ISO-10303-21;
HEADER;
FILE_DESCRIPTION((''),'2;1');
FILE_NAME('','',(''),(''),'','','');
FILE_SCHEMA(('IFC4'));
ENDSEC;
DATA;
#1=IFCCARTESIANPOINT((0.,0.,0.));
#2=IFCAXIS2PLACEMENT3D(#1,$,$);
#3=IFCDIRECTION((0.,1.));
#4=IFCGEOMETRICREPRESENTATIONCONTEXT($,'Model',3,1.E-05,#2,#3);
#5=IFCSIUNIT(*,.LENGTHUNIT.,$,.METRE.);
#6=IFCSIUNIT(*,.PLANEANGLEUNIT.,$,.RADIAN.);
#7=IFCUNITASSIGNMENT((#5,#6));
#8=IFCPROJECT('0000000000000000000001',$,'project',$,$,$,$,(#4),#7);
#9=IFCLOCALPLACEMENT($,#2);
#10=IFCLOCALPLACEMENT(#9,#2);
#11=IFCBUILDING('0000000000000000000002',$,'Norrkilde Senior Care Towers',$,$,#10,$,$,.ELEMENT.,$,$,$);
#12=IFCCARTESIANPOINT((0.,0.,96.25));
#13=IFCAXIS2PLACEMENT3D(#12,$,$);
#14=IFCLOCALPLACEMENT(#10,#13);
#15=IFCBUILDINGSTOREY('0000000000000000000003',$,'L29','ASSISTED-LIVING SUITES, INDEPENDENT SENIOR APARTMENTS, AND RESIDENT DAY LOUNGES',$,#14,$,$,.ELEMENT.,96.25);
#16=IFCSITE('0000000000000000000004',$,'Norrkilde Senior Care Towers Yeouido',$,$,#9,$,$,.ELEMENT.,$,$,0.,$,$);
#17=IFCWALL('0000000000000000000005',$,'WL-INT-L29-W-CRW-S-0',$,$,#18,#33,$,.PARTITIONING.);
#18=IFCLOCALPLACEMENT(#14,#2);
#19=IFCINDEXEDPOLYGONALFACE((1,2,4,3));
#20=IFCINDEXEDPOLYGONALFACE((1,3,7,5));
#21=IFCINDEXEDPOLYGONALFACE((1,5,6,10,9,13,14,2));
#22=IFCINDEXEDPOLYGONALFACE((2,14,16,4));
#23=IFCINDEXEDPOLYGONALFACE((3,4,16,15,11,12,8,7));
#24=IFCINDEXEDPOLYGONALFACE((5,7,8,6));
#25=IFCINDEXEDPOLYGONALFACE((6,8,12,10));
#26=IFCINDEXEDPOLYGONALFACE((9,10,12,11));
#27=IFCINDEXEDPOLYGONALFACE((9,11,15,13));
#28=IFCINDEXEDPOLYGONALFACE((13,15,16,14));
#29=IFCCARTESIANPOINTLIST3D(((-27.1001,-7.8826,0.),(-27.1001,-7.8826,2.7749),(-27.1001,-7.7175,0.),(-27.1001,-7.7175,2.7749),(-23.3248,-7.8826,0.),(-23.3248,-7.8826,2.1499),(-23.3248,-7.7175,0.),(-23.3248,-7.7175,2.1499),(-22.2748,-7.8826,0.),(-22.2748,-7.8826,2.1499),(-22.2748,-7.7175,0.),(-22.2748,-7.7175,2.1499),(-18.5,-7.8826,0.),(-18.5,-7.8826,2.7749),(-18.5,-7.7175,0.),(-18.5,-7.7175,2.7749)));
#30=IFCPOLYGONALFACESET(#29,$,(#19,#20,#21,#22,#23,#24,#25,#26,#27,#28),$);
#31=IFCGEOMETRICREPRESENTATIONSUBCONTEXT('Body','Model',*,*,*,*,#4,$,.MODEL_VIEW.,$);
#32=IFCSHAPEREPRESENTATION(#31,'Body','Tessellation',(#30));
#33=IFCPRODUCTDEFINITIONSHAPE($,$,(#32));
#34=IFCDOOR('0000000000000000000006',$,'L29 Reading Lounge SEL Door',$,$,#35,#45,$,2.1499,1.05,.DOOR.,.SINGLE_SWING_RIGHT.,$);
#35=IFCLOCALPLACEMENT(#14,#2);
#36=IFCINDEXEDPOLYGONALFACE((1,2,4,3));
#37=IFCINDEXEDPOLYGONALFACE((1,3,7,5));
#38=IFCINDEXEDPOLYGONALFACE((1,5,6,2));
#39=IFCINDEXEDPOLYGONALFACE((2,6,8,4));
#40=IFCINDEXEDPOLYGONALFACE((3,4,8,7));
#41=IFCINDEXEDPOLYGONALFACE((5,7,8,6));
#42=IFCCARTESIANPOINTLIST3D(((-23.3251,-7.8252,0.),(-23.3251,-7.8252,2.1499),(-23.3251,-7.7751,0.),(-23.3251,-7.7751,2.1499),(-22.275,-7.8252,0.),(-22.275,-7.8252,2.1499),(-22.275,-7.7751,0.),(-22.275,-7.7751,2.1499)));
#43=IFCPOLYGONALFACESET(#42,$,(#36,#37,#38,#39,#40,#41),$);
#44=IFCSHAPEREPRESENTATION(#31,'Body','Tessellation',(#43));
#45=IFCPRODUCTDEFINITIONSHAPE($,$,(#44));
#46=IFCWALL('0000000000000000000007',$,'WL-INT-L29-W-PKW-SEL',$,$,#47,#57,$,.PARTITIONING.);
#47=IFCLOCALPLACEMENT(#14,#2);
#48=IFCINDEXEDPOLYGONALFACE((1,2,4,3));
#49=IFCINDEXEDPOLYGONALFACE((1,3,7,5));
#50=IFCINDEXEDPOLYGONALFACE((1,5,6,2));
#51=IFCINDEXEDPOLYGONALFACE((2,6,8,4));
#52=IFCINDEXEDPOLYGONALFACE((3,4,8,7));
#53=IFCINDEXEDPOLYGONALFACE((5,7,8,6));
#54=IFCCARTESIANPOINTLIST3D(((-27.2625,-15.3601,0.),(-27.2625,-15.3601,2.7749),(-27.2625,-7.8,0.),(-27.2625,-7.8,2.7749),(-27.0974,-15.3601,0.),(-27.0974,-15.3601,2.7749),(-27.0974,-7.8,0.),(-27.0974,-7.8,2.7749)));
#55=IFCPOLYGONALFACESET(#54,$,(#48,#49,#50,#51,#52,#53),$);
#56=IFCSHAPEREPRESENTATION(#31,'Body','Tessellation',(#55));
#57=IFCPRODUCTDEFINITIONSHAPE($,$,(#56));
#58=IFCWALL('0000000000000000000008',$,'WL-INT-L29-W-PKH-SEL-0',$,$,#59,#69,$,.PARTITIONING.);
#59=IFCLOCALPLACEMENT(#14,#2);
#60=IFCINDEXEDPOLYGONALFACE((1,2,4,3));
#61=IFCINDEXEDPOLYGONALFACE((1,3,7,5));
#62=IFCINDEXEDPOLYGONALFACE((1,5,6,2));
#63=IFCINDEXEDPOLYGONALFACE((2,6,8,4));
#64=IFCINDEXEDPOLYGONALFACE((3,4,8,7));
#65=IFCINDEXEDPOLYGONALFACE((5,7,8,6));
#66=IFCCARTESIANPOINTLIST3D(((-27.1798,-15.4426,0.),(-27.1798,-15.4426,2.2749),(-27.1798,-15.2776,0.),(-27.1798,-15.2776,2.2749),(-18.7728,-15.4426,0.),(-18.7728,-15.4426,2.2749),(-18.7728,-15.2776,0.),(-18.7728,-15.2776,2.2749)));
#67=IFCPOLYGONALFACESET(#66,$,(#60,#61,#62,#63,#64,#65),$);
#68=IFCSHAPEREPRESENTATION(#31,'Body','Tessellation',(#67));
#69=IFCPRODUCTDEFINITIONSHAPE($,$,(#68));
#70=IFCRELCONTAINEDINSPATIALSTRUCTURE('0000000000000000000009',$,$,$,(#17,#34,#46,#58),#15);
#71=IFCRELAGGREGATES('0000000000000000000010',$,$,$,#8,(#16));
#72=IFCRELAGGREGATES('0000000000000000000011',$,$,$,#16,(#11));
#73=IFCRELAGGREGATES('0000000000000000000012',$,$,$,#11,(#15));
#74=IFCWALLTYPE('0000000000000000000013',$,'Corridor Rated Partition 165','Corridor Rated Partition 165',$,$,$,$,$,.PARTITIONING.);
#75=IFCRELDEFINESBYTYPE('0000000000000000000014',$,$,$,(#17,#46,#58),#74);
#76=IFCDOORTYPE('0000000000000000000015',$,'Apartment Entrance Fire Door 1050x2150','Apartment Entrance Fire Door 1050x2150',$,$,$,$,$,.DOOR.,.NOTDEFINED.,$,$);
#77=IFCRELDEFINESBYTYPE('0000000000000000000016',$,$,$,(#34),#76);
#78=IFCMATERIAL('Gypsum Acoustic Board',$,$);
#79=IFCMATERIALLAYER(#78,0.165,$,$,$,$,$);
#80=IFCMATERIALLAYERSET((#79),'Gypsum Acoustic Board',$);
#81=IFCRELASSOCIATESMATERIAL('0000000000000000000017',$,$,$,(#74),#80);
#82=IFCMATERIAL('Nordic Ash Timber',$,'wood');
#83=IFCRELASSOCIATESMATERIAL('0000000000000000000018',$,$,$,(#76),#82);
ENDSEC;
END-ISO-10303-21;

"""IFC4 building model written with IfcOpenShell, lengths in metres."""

from ifc_helpers import new_model, si_unit, direction, frame, frame_2d, origin, place, context, subcontext, project, spatial, rectangle, extrude, source, transform, mapped, material, layer, layer_set, type_object, type_shapes, element, fill, save


model = new_model("IFC4")

# Units and contexts
model_context = context("Model", 3, precision=1e-05, world=origin(), true_north=direction((0.0, 1.0)))
body_context = subcontext(model_context, "Body", "Model", "MODEL_VIEW")
ifc_project = project(units=[si_unit("LENGTHUNIT", "METRE"), si_unit("PLANEANGLEUNIT", "RADIAN")], contexts=[model_context])

# Site, building, storey
site_placement = place(None, origin())
site = spatial("IfcSite", under=ifc_project, at=site_placement, Name="Norrkilde Senior Care Towers Yeouido", CompositionType="ELEMENT", RefElevation=0.0)
building_placement = place(site_placement, origin())
building = spatial("IfcBuilding", under=site, at=building_placement, Name="Norrkilde Senior Care Towers", CompositionType="ELEMENT")
storey_placement = place(building_placement, frame((0.0, 0.0, 96.25)))
storey = spatial("IfcBuildingStorey", under=building, at=storey_placement, Name="L29", Description="ASSISTED-LIVING SUITES, INDEPENDENT SENIOR APARTMENTS, AND RESIDENT DAY LOUNGES", CompositionType="ELEMENT", Elevation=96.25)

# Shared definitions
ifc_material_1 = material(Name="Gypsum Acoustic Board")
ifc_layer_1 = layer(ifc_material_1, 0.165)
ifc_layer_set_1 = layer_set([ifc_layer_1], Name="Gypsum Acoustic Board")
wall_type_1 = type_object("IfcWallType", Name="Corridor Rated Partition 165", Description="Corridor Rated Partition 165", PredefinedType="PARTITIONING", material=ifc_layer_set_1)

# Wall, opening, door
shared_shape_1 = source(origin(), body_context, "Body", "SweptSolid", [
    extrude(rectangle(XDim=8.6001, YDim=0.165, at=frame_2d((4.3, 0.0))), origin(), (0.0, 0.0, 1.0), 2.7749),
])
wall_1_placement = place(storey_placement, frame((-18.5, -7.8, 0.0), z_axis=(0.0, 0.0, 1.0), x_axis=(-1.0, 0.0, 0.0)))
wall_1 = element("IfcWall", 1, at=wall_1_placement, inside=storey, type_object=wall_type_1, Name="WL-INT-L29-W-CRW-S-0", PredefinedType="PARTITIONING", context=body_context, shape_type="MappedRepresentation", body=[
    mapped(shared_shape_1, transform((0.0, 0.0, 0.0), x_axis=(1.0, 0.0, 0.0), y_axis=(0.0, 1.0, 0.0), z_axis=(0.0, 0.0, 1.0), scale=1.0)),
])
opening_1_placement = place(wall_1_placement, frame((3.7749, 0.0, 0.0)))
opening_1 = element("IfcOpeningElement", 2, at=opening_1_placement, cuts=wall_1, PredefinedType="OPENING", context=body_context, shape_type="SweptSolid", body=[
    extrude(rectangle(XDim=1.05, YDim=2.1499, at=frame_2d((0.5249, 1.075))), frame((0.0, 0.0925, 0.0), z_axis=(0.0, -1.0, 0.0), x_axis=(1.0, 0.0, 0.0)), (0.0, 0.0, 1.0), 0.1851),
])
ifc_material_2 = material(Name="Nordic Ash Timber", Category="wood")
door_type_1 = type_object("IfcDoorType", Name="Apartment Entrance Fire Door 1050x2150", Description="Apartment Entrance Fire Door 1050x2150", OperationType="NOTDEFINED", PredefinedType="DOOR", material=ifc_material_2)
shared_shape_2 = source(origin(), body_context, "Body", "SweptSolid", [
    extrude(rectangle(XDim=1.05, YDim=2.1499, at=frame_2d((0.5249, 1.075))), frame((0.0, 0.0249, 0.0), z_axis=(0.0, -1.0, 0.0), x_axis=(1.0, 0.0, 0.0)), (0.0, 0.0, 1.0), 0.05),
])
type_shapes(door_type_1, [shared_shape_2])
door_1_placement = place(opening_1_placement, frame((1.05, 0.0, 0.0), z_axis=(0.0, 0.0, 1.0), x_axis=(-1.0, 0.0, 0.0)))
door_1 = element("IfcDoor", 3, at=door_1_placement, inside=storey, type_object=door_type_1, Name="L29 Reading Lounge SEL Door", OperationType="SINGLE_SWING_RIGHT", OverallHeight=2.1499, OverallWidth=1.05, PredefinedType="DOOR", context=body_context, shape_type="MappedRepresentation", body=[
    mapped(shared_shape_2, transform((0.0, 0.0, 0.0), x_axis=(1.0, 0.0, 0.0), y_axis=(0.0, 1.0, 0.0), z_axis=(0.0, 0.0, 1.0), scale=1.0)),
])
fill(opening_1, door_1)

# Walls
shared_shape_3 = source(origin(), body_context, "Body", "SweptSolid", [
    extrude(rectangle(XDim=7.5601, YDim=0.165, at=frame_2d((3.78, 0.0))), origin(), (0.0, 0.0, 1.0), 2.7749),
])
wall_2_placement = place(storey_placement, frame((-27.1799, -15.3601, 0.0), z_axis=(0.0, 0.0, 1.0), x_axis=(0.0, 1.0, 0.0)))
element("IfcWall", 4, at=wall_2_placement, inside=storey, type_object=wall_type_1, Name="WL-INT-L29-W-PKW-SEL", PredefinedType="PARTITIONING", context=body_context, shape_type="MappedRepresentation", body=[
    mapped(shared_shape_3, transform((0.0, 0.0, 0.0), x_axis=(1.0, 0.0, 0.0), y_axis=(0.0, 1.0, 0.0), z_axis=(0.0, 0.0, 1.0), scale=1.0)),
])
shared_shape_4 = source(origin(), body_context, "Body", "SweptSolid", [
    extrude(rectangle(XDim=8.407, YDim=0.165, at=frame_2d((4.2036, 0.0))), origin(), (0.0, 0.0, 1.0), 2.2749),
])
wall_3_placement = place(storey_placement, frame((-27.1799, -15.3601, 0.0), z_axis=(0.0, 0.0, 1.0), x_axis=(1.0, 0.0, 0.0)))
element("IfcWall", 5, at=wall_3_placement, inside=storey, type_object=wall_type_1, Name="WL-INT-L29-W-PKH-SEL-0", PredefinedType="PARTITIONING", context=body_context, shape_type="MappedRepresentation", body=[
    mapped(shared_shape_4, transform((0.0, 0.0, 0.0), x_axis=(1.0, 0.0, 0.0), y_axis=(0.0, 1.0, 0.0), z_axis=(0.0, 0.0, 1.0), scale=1.0)),
])

save(model, "model.ifc")
